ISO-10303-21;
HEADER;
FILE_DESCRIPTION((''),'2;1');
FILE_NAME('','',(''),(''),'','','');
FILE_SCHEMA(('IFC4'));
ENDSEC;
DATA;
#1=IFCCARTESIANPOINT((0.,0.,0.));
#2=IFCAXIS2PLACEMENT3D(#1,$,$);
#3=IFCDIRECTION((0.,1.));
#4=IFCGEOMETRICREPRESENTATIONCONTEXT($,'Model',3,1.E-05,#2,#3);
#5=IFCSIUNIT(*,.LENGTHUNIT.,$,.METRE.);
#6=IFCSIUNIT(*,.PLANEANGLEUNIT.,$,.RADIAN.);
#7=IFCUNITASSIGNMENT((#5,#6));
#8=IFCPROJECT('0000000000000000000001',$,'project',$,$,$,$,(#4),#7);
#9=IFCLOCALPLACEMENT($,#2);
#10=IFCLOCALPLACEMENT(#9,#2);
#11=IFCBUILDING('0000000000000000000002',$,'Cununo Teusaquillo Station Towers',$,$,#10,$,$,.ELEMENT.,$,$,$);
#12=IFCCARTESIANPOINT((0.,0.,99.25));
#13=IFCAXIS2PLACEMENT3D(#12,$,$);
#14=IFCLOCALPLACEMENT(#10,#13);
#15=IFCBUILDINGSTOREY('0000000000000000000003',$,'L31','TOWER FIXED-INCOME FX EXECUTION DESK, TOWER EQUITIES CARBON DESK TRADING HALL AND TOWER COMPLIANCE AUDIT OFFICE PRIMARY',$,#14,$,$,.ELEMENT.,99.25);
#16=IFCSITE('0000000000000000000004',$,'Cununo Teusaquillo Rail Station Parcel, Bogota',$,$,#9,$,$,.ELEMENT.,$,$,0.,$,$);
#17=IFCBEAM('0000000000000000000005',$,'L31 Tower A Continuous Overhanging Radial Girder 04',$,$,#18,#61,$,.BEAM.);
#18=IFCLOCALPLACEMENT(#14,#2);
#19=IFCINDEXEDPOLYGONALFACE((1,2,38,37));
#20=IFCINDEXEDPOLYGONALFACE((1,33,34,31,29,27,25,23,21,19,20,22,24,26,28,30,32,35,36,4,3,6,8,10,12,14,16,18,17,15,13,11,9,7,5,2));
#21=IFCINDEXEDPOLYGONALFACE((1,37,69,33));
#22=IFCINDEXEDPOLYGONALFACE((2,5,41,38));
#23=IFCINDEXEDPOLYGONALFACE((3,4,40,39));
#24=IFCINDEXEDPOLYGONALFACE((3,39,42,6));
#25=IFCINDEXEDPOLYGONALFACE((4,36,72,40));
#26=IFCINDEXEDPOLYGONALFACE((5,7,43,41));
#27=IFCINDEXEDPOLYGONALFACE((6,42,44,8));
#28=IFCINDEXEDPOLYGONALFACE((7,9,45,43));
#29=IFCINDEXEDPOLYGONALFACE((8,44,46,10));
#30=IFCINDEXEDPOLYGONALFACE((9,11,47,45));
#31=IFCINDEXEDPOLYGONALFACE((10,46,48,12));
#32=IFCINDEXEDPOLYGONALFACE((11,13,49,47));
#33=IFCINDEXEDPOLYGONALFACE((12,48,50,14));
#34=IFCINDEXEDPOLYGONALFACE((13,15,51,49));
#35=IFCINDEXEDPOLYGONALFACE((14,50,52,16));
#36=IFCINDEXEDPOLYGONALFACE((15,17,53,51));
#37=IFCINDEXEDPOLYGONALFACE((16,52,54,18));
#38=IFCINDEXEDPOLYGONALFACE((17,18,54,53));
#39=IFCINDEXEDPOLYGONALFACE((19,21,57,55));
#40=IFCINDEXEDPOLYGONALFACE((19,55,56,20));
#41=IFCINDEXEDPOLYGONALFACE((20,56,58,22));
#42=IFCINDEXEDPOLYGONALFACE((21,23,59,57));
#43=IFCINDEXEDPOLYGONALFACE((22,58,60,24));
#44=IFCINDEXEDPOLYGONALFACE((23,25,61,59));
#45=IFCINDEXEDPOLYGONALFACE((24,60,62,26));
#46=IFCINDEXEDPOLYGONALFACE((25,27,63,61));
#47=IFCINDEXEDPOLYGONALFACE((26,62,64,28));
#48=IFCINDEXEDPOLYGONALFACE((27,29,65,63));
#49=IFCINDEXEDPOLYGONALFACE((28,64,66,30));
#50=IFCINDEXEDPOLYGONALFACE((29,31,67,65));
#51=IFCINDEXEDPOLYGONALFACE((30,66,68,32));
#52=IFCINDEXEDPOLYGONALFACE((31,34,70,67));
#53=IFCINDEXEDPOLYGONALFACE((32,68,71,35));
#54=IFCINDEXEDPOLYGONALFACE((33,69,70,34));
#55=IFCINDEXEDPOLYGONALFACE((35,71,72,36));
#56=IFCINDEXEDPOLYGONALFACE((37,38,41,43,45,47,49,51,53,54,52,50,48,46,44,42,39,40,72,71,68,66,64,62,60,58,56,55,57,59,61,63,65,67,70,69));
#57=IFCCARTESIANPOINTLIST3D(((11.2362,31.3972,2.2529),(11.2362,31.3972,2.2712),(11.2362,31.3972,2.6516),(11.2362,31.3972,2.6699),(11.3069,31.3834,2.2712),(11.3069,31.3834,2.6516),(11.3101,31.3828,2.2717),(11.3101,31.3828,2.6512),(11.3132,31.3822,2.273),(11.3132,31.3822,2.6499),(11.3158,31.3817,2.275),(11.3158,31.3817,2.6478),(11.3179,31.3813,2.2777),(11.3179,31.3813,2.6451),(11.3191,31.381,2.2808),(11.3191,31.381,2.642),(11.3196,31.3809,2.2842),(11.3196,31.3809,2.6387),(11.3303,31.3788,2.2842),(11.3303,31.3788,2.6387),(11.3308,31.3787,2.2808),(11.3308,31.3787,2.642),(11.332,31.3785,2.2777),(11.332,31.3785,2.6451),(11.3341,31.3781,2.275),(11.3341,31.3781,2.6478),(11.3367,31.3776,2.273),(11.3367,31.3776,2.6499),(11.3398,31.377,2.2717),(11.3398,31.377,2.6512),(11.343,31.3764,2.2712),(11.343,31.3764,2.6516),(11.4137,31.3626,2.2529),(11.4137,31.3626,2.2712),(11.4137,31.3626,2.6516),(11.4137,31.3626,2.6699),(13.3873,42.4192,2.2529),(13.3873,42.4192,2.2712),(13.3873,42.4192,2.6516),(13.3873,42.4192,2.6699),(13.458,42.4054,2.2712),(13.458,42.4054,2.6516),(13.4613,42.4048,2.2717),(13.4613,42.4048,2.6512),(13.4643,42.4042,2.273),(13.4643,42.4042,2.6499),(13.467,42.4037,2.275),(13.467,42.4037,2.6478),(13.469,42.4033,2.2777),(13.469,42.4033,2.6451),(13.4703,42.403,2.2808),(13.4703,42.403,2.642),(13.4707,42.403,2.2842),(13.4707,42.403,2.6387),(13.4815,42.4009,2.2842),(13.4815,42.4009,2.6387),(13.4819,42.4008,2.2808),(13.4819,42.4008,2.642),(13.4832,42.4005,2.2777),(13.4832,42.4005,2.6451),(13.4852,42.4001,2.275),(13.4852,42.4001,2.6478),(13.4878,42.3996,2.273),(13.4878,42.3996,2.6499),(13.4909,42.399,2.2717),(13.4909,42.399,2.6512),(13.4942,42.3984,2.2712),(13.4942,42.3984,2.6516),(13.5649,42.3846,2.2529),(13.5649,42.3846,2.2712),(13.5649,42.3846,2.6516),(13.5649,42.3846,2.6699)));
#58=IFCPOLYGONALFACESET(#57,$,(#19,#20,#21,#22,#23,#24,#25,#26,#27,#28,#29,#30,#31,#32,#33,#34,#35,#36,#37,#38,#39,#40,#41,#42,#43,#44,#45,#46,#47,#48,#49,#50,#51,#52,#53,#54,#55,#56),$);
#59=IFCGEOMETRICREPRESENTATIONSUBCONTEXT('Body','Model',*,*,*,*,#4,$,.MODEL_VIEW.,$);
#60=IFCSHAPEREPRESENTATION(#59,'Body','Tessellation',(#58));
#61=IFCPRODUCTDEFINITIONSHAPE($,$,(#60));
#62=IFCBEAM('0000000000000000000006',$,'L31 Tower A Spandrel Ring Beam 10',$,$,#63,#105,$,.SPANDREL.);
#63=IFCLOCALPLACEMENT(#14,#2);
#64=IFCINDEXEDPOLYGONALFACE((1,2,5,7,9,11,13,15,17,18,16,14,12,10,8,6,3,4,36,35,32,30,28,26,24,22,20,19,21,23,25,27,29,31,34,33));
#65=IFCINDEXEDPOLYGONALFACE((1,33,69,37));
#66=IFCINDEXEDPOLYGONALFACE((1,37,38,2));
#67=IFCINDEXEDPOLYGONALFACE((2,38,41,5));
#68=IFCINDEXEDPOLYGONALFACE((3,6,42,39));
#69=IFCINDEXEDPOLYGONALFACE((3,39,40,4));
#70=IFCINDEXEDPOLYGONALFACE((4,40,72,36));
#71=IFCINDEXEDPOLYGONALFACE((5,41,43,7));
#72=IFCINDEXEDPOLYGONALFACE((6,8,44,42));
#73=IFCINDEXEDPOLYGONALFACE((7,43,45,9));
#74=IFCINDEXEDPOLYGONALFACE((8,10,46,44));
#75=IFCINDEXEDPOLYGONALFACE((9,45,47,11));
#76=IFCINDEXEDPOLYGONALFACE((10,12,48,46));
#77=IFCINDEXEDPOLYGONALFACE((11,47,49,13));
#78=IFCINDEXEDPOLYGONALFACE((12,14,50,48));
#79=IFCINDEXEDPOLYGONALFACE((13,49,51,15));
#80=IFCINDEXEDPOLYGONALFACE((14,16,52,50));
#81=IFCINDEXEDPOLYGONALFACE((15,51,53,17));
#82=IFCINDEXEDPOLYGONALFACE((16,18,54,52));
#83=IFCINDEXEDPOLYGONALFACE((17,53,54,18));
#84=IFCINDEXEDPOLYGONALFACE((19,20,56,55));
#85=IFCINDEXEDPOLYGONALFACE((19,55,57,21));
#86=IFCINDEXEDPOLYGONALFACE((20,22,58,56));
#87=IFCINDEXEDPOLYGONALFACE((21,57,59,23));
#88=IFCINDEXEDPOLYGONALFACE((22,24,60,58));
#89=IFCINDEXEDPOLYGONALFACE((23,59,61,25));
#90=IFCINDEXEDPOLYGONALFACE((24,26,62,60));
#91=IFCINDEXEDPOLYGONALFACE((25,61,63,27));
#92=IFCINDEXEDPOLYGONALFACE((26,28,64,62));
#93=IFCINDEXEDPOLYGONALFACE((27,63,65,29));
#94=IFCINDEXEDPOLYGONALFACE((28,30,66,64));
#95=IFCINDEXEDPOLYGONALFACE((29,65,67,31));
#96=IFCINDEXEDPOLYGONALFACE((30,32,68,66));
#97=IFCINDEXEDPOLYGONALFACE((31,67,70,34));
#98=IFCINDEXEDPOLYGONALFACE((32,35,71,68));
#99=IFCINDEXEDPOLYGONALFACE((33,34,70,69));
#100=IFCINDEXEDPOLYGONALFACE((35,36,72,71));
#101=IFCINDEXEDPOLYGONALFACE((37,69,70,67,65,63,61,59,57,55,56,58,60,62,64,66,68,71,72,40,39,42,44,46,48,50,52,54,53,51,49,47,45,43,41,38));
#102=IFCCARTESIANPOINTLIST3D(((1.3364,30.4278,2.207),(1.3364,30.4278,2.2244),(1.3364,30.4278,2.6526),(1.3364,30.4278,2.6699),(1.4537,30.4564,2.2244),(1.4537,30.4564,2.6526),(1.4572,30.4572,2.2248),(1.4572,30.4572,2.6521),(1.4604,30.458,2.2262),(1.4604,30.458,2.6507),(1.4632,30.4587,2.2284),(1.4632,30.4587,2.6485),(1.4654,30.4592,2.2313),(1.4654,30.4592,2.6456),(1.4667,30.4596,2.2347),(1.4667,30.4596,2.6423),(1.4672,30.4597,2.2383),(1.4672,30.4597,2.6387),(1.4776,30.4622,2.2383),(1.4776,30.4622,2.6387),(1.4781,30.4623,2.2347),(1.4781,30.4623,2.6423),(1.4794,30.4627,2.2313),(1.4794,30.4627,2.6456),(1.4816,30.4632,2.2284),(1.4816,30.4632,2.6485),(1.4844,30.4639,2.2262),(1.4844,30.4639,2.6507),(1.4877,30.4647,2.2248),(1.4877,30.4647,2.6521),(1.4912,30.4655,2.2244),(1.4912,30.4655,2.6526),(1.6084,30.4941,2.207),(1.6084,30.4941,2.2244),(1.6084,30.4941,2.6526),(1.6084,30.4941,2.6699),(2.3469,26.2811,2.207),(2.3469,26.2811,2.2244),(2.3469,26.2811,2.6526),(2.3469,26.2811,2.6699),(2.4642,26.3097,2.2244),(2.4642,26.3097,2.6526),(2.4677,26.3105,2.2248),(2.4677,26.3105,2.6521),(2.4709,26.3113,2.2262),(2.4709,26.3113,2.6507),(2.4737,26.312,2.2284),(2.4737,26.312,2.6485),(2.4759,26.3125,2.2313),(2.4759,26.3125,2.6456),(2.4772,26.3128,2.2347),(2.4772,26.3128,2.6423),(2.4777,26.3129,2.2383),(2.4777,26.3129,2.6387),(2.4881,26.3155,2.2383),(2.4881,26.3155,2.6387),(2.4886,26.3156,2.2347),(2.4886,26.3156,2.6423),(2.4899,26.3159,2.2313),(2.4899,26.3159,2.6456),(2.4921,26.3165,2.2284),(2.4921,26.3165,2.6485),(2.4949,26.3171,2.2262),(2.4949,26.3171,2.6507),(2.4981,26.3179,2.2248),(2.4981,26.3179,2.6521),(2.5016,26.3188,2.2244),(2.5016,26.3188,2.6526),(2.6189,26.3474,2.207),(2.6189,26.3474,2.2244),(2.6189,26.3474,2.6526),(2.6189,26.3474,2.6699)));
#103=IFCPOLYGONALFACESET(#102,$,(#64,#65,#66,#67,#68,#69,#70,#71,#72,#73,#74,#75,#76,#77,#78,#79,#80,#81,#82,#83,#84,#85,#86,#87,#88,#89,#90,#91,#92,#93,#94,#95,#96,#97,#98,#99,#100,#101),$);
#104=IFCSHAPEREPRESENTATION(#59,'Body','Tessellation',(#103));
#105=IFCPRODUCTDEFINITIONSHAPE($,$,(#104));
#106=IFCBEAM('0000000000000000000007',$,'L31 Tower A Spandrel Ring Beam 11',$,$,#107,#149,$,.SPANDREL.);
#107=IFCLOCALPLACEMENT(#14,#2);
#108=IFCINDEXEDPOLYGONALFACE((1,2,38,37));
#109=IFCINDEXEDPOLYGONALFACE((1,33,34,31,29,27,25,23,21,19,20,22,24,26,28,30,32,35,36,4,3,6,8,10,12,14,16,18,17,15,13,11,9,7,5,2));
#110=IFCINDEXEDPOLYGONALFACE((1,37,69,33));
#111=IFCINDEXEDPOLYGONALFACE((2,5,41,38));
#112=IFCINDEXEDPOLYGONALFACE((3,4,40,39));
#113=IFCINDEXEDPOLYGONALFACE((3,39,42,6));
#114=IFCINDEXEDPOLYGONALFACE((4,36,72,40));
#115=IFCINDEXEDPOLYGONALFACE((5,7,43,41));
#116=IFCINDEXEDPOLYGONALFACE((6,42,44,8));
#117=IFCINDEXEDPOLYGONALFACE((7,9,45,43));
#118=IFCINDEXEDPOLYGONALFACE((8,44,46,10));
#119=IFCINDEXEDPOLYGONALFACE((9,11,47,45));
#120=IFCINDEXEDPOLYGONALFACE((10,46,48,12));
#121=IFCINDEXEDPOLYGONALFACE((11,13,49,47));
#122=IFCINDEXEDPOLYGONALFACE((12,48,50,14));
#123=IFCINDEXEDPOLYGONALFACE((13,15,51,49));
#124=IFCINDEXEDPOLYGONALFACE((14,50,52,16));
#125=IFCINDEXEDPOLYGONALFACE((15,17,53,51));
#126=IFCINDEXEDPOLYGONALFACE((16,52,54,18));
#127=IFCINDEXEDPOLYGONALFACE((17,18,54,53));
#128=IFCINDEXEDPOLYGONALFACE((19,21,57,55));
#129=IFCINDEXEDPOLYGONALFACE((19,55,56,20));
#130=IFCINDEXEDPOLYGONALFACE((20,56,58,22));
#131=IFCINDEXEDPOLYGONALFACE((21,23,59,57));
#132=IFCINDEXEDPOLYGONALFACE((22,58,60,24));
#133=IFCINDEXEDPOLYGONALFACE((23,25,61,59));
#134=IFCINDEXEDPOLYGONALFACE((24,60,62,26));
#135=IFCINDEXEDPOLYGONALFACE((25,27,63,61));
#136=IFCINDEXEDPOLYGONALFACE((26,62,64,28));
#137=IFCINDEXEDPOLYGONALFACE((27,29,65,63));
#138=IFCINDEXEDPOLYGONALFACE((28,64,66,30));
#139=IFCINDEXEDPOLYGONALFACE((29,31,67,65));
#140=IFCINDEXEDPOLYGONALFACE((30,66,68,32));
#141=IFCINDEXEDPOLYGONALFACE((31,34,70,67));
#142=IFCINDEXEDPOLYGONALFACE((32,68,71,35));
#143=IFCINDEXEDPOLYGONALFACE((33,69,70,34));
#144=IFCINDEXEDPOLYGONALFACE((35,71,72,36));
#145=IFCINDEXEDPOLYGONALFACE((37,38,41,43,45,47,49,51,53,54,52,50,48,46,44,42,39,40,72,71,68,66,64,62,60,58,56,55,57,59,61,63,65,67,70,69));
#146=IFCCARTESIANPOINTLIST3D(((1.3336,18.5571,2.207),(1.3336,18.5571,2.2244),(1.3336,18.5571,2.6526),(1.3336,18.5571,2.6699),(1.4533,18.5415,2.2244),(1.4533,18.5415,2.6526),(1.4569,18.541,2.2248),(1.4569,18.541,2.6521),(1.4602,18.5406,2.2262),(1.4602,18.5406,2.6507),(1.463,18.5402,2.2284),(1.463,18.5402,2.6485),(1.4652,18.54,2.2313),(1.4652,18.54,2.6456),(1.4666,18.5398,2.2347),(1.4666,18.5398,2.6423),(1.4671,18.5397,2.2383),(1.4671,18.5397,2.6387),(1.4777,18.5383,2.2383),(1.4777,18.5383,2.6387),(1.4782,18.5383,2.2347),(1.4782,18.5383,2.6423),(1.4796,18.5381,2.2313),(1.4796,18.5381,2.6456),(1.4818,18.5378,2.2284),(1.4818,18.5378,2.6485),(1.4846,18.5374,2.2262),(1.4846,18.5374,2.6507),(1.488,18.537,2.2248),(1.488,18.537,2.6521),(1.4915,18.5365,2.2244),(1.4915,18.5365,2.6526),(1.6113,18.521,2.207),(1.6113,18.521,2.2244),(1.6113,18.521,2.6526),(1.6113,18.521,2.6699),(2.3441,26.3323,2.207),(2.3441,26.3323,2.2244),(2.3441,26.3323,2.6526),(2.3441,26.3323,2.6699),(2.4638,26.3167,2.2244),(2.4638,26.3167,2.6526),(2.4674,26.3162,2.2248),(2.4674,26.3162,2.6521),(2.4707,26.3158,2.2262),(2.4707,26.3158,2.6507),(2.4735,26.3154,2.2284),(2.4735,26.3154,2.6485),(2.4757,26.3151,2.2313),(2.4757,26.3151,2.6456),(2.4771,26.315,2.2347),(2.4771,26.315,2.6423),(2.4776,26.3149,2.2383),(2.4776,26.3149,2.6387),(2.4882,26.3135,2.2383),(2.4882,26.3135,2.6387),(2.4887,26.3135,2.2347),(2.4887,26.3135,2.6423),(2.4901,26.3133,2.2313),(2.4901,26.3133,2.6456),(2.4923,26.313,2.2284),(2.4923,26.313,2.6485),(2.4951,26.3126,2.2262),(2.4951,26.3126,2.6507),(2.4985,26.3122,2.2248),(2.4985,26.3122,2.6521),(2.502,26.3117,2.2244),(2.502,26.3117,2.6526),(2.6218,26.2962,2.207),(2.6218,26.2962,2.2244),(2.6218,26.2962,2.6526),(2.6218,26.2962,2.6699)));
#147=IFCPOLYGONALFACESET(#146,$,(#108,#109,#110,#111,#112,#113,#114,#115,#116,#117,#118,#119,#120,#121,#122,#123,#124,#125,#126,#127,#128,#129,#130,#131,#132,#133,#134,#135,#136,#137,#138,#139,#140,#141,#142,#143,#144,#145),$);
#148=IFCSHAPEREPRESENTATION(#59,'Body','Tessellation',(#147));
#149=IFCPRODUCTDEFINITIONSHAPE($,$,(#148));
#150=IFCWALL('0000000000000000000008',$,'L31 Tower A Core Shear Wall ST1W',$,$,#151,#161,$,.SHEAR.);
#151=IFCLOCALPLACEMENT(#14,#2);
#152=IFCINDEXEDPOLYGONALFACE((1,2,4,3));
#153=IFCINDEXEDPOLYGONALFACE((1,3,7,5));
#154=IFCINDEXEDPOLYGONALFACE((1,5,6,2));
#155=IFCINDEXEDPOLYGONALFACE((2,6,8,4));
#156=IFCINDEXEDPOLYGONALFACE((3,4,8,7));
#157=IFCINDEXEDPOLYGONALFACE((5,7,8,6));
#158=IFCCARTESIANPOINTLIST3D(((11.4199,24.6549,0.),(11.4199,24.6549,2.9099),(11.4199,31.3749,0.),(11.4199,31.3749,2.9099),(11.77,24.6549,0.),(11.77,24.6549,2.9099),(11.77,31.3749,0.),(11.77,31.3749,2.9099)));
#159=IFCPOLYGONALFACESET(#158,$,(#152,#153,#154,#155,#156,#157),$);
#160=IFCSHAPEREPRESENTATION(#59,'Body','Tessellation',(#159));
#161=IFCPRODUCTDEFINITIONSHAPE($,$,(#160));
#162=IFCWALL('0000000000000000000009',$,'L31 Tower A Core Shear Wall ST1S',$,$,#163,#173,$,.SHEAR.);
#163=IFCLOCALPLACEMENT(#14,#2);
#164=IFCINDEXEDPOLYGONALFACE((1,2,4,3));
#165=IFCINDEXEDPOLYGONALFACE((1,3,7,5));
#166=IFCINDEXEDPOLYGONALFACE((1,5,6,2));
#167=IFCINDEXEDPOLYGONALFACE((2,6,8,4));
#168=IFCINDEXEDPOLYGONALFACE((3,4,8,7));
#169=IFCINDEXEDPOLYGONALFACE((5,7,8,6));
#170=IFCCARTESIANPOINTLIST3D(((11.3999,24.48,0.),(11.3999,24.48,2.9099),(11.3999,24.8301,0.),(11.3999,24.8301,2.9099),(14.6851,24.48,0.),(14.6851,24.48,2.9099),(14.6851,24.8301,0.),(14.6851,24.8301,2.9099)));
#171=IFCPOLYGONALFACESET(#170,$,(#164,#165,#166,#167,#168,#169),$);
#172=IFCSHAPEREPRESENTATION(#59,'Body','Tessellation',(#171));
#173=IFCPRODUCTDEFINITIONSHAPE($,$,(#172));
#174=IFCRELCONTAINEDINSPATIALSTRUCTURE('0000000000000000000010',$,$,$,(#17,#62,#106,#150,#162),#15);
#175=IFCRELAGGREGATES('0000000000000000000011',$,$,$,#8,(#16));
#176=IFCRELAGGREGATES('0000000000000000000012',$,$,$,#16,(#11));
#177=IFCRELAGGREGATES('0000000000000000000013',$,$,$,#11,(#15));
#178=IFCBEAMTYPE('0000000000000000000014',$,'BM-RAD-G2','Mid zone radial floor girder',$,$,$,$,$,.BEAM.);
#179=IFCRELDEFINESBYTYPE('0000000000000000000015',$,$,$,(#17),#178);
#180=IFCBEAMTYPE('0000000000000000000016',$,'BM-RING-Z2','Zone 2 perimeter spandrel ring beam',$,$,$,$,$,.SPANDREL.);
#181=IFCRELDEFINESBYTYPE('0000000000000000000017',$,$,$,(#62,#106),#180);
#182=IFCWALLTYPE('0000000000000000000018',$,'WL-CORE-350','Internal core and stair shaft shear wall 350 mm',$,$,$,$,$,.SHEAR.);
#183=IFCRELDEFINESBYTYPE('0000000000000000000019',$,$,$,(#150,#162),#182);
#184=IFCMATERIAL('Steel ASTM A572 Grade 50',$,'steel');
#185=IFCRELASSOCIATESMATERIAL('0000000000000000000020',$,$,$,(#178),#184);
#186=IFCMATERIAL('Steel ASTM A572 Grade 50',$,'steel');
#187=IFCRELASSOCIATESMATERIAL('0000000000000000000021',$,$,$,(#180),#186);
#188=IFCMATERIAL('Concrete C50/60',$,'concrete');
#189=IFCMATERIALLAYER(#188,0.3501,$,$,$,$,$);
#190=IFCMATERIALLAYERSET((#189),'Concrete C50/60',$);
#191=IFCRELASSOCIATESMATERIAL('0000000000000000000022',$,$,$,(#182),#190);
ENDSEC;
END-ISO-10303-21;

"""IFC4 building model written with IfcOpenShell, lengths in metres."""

from ifc_helpers import new_model, si_unit, direction, frame, frame_2d, origin, origin_2d, place, context, subcontext, project, spatial, rectangle, i_section, extrude, material, layer, layer_set, material_profile, profile_set, type_object, element, save


model = new_model("IFC4")

# Units and contexts
model_context = context("Model", 3, precision=1e-05, world=origin(), true_north=direction((0.0, 1.0)))
body_context = subcontext(model_context, "Body", "Model", "MODEL_VIEW")
ifc_project = project(units=[si_unit("LENGTHUNIT", "METRE"), si_unit("PLANEANGLEUNIT", "RADIAN")], contexts=[model_context])

# Site, building, storey
site_placement = place(None, origin())
site = spatial("IfcSite", under=ifc_project, at=site_placement, Name="Cununo Teusaquillo Rail Station Parcel, Bogota", CompositionType="ELEMENT", RefElevation=0.0)
building_placement = place(site_placement, origin())
building = spatial("IfcBuilding", under=site, at=building_placement, Name="Cununo Teusaquillo Station Towers", CompositionType="ELEMENT")
storey_placement = place(building_placement, frame((0.0, 0.0, 99.25)))
storey = spatial("IfcBuildingStorey", under=building, at=storey_placement, Name="L31", Description="TOWER FIXED-INCOME FX EXECUTION DESK, TOWER EQUITIES CARBON DESK TRADING HALL AND TOWER COMPLIANCE AUDIT OFFICE PRIMARY", CompositionType="ELEMENT", Elevation=99.25)

# Beams
ifc_material_1 = material(Name="Steel ASTM A572 Grade 50", Category="steel")
ifc_material_profile_1 = material_profile(ifc_material_1, i_section(OverallWidth=0.1809, OverallDepth=0.417, WebThickness=0.011, FlangeThickness=0.0183, FilletRadius=0.0129, at=origin_2d()), Name="W16X57")
ifc_profile_set_1 = profile_set([ifc_material_profile_1], Name="Steel ASTM A572 Grade 50")
beam_type_1 = type_object("IfcBeamType", Name="BM-RAD-G2", Description="Mid zone radial floor girder", PredefinedType="BEAM", material=ifc_profile_set_1)
beam_1_placement = place(storey_placement, frame((11.325, 31.3799, 2.4614), z_axis=(0.191553, 0.981482, 0.0), x_axis=(-0.981482, 0.191553, 0.0)))
element("IfcBeam", 1, at=beam_1_placement, inside=storey, type_object=beam_type_1, Name="L31 Tower A Continuous Overhanging Radial Girder 04", PredefinedType="BEAM", context=body_context, shape_type="SweptSolid", body=[
    extrude(i_section(OverallWidth=0.1809, OverallDepth=0.417, WebThickness=0.011, FlangeThickness=0.0183, FilletRadius=0.0129, at=origin_2d()), origin(), (0.0, 0.0, 1.0), 11.23),
])
ifc_material_2 = material(Name="Steel ASTM A572 Grade 50", Category="steel")
ifc_material_profile_2 = material_profile(ifc_material_2, i_section(OverallWidth=0.28, OverallDepth=0.4629, WebThickness=0.0107, FlangeThickness=0.0173, FilletRadius=0.0139, at=origin_2d()), Name="W18X76")
ifc_profile_set_2 = profile_set([ifc_material_profile_2], Name="Steel ASTM A572 Grade 50")
beam_type_2 = type_object("IfcBeamType", Name="BM-RING-Z2", Description="Zone 2 perimeter spandrel ring beam", PredefinedType="SPANDREL", material=ifc_profile_set_2)
beam_2_placement = place(storey_placement, frame((1.4724, 30.4609, 2.4385), z_axis=(0.236757, -0.971569, 0.0), x_axis=(0.971569, 0.236757, 0.0)))
element("IfcBeam", 2, at=beam_2_placement, inside=storey, type_object=beam_type_2, Name="L31 Tower A Spandrel Ring Beam 10", PredefinedType="SPANDREL", context=body_context, shape_type="SweptSolid", body=[
    extrude(i_section(OverallWidth=0.28, OverallDepth=0.4629, WebThickness=0.0107, FlangeThickness=0.0173, FilletRadius=0.0139, at=origin_2d()), origin(), (0.0, 0.0, 1.0), 4.2681),
])
beam_3_placement = place(storey_placement, frame((2.4829, 26.3142, 2.4385), z_axis=(-0.128881, -0.99166, 0.0), x_axis=(0.99166, -0.128881, 0.0)))
element("IfcBeam", 3, at=beam_3_placement, inside=storey, type_object=beam_type_2, Name="L31 Tower A Spandrel Ring Beam 11", PredefinedType="SPANDREL", context=body_context, shape_type="SweptSolid", body=[
    extrude(i_section(OverallWidth=0.28, OverallDepth=0.4629, WebThickness=0.0107, FlangeThickness=0.0173, FilletRadius=0.0139, at=origin_2d()), origin(), (0.0, 0.0, 1.0), 7.8406),
])

# Walls
ifc_material_3 = material(Name="Concrete C50/60", Category="concrete")
ifc_layer_1 = layer(ifc_material_3, 0.3501)
ifc_layer_set_1 = layer_set([ifc_layer_1], Name="Concrete C50/60")
wall_type_1 = type_object("IfcWallType", Name="WL-CORE-350", Description="Internal core and stair shaft shear wall 350 mm", PredefinedType="SHEAR", material=ifc_layer_set_1)
wall_1_placement = place(storey_placement, frame((11.595, 24.655, 0.0), z_axis=(0.0, 0.0, 1.0), x_axis=(0.0, 1.0, 0.0)))
element("IfcWall", 4, at=wall_1_placement, inside=storey, type_object=wall_type_1, Name="L31 Tower A Core Shear Wall ST1W", PredefinedType="SHEAR", context=body_context, shape_type="SweptSolid", body=[
    extrude(rectangle(XDim=6.72, YDim=0.3501, at=frame_2d((3.3599, 0.0))), origin(), (0.0, 0.0, 1.0), 2.9099),
])
wall_2_placement = place(storey_placement, frame((11.3999, 24.655, 0.0), z_axis=(0.0, 0.0, 1.0), x_axis=(1.0, 0.0, 0.0)))
element("IfcWall", 5, at=wall_2_placement, inside=storey, type_object=wall_type_1, Name="L31 Tower A Core Shear Wall ST1S", PredefinedType="SHEAR", context=body_context, shape_type="SweptSolid", body=[
    extrude(rectangle(XDim=3.2852, YDim=0.3501, at=frame_2d((1.6426, 0.0))), origin(), (0.0, 0.0, 1.0), 2.9099),
])

save(model, "model.ifc")
